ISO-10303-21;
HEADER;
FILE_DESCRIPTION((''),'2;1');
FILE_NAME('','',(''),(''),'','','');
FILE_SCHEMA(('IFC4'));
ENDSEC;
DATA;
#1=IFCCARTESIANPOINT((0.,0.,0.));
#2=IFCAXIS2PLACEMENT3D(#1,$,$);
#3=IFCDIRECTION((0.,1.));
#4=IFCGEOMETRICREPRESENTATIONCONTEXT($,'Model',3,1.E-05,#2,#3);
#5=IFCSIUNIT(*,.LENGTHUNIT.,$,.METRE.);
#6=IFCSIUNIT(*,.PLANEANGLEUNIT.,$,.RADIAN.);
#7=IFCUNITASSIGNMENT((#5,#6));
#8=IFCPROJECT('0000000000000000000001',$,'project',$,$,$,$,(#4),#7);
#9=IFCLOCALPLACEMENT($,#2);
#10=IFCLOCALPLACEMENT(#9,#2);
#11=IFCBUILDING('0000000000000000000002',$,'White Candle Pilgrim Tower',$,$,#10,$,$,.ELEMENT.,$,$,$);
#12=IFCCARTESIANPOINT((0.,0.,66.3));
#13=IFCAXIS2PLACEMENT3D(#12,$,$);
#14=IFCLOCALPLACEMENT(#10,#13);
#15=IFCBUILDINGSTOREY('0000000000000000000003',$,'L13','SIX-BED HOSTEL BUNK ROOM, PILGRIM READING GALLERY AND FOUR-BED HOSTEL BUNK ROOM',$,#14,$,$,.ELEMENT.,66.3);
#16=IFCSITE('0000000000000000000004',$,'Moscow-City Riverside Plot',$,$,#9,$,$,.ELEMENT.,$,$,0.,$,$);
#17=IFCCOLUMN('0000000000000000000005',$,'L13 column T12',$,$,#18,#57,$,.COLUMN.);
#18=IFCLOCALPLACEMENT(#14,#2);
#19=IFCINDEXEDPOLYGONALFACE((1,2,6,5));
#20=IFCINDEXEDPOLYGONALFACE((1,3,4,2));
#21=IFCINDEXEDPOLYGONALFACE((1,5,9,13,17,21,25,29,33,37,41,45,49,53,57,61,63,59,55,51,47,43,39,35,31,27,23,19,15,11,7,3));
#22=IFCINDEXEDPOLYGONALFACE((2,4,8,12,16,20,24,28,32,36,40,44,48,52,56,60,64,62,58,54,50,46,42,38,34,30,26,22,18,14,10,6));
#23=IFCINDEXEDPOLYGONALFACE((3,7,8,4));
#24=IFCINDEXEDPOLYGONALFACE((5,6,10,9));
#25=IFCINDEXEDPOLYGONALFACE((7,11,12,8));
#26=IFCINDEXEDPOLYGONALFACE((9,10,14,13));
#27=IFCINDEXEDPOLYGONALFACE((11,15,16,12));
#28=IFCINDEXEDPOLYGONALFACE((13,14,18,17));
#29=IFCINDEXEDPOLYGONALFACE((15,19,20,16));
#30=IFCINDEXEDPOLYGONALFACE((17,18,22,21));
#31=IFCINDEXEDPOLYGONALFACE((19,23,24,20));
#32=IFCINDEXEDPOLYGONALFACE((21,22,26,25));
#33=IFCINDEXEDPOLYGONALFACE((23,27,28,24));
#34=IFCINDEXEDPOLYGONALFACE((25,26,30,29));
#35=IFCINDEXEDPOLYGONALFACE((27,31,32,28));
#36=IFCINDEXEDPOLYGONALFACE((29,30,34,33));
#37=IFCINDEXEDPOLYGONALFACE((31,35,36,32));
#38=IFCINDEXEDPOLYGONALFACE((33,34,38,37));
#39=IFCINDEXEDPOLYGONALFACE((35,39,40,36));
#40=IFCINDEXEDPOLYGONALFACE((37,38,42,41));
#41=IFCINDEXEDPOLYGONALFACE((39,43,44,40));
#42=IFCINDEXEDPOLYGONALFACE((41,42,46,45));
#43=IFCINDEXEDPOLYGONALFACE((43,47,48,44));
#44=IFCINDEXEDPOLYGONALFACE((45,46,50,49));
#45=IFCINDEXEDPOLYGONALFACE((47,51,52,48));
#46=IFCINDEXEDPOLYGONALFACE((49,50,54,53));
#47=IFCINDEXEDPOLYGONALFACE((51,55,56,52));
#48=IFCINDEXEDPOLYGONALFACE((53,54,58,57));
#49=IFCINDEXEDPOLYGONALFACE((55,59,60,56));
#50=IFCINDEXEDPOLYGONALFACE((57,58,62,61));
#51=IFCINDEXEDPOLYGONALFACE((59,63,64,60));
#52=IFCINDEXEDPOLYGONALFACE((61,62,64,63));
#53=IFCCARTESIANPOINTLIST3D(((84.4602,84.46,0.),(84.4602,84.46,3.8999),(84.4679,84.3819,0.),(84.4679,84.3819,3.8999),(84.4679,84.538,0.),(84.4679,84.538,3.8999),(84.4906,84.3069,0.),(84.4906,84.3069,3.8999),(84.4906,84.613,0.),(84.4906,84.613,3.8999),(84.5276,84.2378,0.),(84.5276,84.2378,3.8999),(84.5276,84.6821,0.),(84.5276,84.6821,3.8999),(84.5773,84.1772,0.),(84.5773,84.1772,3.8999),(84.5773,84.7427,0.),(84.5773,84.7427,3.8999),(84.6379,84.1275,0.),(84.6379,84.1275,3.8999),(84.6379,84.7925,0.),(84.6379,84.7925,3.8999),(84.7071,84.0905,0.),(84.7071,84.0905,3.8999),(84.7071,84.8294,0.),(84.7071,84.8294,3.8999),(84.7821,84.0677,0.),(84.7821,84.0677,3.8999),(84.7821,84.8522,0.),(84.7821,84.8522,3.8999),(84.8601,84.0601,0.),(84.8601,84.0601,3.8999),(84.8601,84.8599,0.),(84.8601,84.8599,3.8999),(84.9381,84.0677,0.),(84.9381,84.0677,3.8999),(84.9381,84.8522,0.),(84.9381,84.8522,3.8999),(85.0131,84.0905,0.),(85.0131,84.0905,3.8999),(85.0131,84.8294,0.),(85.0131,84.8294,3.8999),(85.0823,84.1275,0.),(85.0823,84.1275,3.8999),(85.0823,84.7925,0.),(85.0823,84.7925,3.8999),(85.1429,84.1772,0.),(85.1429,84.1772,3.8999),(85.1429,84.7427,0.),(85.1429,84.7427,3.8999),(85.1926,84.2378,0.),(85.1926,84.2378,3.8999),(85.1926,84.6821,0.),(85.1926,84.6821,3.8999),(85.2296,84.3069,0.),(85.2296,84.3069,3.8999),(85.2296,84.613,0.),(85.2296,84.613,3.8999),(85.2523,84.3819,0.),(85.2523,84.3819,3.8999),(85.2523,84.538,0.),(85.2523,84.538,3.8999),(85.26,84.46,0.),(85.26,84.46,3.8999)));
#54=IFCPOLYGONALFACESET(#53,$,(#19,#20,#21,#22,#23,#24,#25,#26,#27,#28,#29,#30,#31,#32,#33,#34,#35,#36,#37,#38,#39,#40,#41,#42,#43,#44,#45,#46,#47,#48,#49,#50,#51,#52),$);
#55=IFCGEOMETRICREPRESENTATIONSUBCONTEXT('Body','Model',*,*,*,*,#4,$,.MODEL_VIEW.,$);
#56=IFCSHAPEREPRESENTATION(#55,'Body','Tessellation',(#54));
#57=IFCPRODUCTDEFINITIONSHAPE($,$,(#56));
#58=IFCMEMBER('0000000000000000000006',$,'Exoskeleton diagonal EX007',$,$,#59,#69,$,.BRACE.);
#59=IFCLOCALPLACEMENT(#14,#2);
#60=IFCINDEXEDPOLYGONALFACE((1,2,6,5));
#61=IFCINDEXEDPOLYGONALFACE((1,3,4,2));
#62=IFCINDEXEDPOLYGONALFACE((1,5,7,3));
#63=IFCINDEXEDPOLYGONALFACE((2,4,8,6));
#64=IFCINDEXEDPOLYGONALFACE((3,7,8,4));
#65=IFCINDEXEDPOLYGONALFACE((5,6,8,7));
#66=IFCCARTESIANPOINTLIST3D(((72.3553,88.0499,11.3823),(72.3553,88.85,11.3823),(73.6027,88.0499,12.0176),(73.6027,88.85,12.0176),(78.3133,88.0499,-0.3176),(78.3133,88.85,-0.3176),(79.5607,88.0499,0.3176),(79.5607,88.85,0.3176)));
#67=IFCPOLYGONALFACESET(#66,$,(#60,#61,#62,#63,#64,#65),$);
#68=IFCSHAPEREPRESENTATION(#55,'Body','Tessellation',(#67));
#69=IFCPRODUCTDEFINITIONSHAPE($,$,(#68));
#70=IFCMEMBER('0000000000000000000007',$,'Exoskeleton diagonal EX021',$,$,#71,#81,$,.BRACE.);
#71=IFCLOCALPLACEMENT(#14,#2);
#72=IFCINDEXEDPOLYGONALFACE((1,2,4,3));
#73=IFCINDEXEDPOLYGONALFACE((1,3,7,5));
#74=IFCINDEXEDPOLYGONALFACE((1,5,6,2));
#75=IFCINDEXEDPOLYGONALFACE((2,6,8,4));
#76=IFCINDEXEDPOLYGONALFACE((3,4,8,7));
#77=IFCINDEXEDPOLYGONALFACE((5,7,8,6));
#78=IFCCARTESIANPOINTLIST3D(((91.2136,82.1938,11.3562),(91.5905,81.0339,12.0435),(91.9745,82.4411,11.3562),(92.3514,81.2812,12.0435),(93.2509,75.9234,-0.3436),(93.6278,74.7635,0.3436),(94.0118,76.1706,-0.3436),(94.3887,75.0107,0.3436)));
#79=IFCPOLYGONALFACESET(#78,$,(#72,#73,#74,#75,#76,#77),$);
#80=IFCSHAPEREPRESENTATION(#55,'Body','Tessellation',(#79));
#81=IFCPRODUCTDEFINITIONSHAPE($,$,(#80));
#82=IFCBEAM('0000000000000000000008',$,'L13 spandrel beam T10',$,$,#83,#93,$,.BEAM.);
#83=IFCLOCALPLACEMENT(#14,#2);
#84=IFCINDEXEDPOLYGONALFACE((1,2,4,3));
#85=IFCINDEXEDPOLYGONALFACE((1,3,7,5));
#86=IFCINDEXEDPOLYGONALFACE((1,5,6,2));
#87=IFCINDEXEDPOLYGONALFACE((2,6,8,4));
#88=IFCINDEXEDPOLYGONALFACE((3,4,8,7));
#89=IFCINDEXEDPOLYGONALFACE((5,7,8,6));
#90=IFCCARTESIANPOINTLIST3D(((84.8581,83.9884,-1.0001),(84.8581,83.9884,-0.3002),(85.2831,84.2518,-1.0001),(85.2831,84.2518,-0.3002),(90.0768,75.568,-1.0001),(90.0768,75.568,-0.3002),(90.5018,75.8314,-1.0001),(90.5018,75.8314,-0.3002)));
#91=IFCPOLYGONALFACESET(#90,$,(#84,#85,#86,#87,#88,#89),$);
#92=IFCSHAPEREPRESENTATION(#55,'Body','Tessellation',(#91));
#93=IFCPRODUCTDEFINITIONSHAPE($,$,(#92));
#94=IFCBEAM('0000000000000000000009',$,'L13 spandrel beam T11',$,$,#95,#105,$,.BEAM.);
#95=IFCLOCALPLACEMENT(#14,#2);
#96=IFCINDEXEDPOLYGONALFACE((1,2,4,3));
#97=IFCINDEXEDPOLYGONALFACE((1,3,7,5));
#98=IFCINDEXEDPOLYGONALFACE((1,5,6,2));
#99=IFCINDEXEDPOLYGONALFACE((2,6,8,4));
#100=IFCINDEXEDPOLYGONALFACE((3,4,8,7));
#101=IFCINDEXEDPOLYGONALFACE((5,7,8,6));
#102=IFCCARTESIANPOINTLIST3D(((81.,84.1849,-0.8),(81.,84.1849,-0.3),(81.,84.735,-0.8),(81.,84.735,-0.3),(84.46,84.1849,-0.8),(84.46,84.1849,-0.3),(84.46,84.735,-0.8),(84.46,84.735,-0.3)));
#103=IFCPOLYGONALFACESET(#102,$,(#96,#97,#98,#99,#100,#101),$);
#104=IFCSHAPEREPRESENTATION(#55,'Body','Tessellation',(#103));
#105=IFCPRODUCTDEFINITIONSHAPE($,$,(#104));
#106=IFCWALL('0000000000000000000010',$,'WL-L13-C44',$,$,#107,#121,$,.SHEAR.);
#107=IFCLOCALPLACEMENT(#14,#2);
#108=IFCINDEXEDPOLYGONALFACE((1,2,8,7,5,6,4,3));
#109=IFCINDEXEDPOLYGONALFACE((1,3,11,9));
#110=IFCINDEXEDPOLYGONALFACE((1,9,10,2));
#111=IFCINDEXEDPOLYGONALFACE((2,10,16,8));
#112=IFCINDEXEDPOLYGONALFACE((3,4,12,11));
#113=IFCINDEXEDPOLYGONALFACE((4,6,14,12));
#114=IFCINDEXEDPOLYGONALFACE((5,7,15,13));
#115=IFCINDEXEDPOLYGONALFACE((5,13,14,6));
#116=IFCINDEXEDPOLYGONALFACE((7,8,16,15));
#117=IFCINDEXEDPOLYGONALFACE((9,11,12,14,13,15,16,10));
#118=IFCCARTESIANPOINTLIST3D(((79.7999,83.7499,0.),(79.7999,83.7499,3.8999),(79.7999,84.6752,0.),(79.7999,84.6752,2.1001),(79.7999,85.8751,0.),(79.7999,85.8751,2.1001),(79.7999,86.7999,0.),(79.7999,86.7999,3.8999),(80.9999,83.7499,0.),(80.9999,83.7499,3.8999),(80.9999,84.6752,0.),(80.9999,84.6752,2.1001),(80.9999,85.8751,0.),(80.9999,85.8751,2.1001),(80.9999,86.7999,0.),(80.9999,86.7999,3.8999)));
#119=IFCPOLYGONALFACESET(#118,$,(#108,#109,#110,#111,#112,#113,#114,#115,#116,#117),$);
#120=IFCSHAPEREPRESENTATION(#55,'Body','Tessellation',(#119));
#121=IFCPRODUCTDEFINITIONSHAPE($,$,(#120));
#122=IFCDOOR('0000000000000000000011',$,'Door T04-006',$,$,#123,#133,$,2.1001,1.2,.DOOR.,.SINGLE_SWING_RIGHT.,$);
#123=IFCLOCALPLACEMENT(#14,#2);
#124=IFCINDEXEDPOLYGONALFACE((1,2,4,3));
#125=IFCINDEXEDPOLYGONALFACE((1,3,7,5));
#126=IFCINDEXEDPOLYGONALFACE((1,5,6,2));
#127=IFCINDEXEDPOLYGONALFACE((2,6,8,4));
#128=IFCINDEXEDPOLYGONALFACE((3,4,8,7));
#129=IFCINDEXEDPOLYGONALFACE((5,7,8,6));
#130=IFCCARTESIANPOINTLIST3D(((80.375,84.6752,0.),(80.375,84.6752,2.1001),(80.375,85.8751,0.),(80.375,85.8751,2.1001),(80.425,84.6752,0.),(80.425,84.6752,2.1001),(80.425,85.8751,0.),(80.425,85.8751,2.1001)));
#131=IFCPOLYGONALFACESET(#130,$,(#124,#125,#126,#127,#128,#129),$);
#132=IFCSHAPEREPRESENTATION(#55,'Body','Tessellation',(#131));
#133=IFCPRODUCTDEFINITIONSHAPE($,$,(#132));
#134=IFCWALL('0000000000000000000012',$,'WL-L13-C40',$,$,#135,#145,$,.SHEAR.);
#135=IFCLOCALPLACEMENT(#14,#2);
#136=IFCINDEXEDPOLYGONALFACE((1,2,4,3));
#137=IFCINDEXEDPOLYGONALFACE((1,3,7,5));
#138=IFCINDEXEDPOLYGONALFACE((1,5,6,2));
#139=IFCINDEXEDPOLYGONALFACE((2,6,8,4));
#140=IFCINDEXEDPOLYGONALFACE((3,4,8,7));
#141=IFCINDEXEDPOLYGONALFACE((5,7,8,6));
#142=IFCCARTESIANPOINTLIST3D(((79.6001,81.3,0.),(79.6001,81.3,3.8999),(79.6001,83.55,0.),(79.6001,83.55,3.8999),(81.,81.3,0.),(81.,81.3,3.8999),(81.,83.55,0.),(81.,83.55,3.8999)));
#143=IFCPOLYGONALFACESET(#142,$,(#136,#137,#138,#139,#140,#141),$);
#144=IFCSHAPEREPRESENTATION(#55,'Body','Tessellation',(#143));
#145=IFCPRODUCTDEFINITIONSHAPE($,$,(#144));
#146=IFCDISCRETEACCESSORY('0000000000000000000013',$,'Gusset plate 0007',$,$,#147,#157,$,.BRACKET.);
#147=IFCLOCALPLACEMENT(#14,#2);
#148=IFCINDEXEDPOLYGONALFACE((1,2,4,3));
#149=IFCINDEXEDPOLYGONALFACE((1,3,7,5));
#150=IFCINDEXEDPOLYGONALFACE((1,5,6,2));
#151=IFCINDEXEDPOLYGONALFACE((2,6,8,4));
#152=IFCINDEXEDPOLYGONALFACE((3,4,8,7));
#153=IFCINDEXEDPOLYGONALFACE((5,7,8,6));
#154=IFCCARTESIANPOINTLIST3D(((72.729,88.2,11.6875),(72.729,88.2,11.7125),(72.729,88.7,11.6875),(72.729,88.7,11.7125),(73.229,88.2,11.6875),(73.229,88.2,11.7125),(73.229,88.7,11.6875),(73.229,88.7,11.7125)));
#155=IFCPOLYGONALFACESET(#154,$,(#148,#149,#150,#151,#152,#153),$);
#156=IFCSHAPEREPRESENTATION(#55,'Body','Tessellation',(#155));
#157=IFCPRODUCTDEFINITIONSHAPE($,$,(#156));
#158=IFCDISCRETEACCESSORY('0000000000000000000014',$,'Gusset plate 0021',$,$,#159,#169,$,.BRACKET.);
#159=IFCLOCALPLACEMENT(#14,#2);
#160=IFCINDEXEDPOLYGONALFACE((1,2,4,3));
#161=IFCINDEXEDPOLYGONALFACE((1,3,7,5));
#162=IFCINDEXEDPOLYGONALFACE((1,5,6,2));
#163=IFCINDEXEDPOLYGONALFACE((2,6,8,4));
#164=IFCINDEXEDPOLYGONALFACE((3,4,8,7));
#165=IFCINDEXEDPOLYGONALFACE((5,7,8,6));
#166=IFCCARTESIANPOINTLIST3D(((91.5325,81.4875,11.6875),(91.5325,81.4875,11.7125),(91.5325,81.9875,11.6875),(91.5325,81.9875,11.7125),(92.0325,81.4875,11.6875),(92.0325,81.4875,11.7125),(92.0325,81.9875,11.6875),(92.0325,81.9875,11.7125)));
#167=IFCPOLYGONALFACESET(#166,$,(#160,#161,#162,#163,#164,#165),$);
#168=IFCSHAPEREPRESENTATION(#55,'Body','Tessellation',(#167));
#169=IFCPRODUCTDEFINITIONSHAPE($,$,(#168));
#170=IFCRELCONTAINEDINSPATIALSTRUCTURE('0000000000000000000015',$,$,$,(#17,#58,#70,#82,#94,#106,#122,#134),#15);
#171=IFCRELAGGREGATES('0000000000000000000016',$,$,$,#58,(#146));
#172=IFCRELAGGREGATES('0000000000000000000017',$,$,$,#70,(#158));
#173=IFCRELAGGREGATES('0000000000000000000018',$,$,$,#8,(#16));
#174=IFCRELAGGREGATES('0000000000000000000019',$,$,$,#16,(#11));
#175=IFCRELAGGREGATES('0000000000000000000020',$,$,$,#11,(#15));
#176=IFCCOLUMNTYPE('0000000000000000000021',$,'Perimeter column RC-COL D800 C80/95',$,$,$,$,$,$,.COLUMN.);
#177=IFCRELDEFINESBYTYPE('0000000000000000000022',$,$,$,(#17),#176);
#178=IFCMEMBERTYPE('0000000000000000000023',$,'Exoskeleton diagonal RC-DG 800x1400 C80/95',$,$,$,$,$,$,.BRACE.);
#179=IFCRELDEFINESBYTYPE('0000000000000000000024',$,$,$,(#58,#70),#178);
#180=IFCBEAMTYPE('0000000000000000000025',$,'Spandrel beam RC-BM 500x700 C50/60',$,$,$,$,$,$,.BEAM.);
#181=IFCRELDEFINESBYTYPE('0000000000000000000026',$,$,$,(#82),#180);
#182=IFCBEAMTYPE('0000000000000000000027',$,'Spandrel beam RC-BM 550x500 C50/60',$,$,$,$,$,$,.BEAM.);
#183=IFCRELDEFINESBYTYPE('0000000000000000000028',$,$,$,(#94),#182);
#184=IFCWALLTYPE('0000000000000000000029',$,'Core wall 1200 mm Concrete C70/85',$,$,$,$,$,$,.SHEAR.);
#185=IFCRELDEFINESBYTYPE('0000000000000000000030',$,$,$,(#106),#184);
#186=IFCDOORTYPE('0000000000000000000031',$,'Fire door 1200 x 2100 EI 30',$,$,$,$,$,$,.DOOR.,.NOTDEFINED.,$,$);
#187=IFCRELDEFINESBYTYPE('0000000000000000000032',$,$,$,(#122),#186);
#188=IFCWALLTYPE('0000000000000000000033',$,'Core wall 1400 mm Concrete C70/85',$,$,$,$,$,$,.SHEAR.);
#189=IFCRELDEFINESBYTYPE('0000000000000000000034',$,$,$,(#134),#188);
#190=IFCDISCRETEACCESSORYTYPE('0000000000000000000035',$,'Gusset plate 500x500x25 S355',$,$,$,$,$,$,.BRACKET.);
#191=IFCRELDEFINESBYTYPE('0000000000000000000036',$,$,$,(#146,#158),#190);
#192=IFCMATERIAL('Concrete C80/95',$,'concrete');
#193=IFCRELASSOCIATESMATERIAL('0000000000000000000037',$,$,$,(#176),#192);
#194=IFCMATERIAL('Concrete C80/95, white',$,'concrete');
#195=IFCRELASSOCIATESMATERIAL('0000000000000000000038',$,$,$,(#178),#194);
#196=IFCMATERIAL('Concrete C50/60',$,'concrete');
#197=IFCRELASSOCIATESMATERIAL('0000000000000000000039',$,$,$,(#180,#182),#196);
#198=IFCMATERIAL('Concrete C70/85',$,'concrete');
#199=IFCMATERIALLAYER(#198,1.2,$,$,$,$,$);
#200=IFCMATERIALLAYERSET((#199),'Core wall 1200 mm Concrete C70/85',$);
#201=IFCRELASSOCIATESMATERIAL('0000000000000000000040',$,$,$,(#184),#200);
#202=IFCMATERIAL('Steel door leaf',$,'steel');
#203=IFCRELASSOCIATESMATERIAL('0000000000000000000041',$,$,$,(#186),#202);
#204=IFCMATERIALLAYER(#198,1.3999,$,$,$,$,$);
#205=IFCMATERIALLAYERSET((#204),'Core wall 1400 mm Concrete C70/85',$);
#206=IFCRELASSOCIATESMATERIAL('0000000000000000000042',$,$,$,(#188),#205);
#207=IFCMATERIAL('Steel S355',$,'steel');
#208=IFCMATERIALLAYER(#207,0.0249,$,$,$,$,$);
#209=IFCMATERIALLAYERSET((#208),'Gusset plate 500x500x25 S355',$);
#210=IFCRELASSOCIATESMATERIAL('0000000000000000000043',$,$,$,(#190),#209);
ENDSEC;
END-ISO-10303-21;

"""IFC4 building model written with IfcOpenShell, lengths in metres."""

from ifc_helpers import new_model, si_unit, direction, frame, frame_2d, origin, origin_2d, place, context, subcontext, project, spatial, rectangle, circle, extrude, material, layer, layer_set, material_profile, profile_set, type_object, element, fill, aggregate, save


model = new_model("IFC4")

# Units and contexts
model_context = context("Model", 3, precision=1e-05, world=origin(), true_north=direction((0.0, 1.0)))
body_context = subcontext(model_context, "Body", "Model", "MODEL_VIEW")
ifc_project = project(units=[si_unit("LENGTHUNIT", "METRE"), si_unit("PLANEANGLEUNIT", "RADIAN")], contexts=[model_context])

# Site, building, storey
site_placement = place(None, origin())
site = spatial("IfcSite", under=ifc_project, at=site_placement, Name="Moscow-City Riverside Plot", CompositionType="ELEMENT", RefElevation=0.0)
building_placement = place(site_placement, origin())
building = spatial("IfcBuilding", under=site, at=building_placement, Name="White Candle Pilgrim Tower", CompositionType="ELEMENT")
storey_placement = place(building_placement, frame((0.0, 0.0, 66.3)))
storey = spatial("IfcBuildingStorey", under=building, at=storey_placement, Name="L13", Description="SIX-BED HOSTEL BUNK ROOM, PILGRIM READING GALLERY AND FOUR-BED HOSTEL BUNK ROOM", CompositionType="ELEMENT", Elevation=66.3)

# Column
ifc_material_1 = material(Name="Concrete C80/95", Category="concrete")
ifc_material_profile_1 = material_profile(ifc_material_1, circle(Radius=0.3999, at=origin_2d()), Name="RC-COL D800")
ifc_profile_set_1 = profile_set([ifc_material_profile_1], Name="Concrete C80/95")
column_type = type_object("IfcColumnType", Name="Perimeter column RC-COL D800 C80/95", PredefinedType="COLUMN", material=ifc_profile_set_1)
column_placement = place(storey_placement, frame((84.8601, 84.46, 0.0), z_axis=(0.0, 0.0, 1.0), x_axis=(1.0, 0.0, 0.0)))
element("IfcColumn", 1, at=column_placement, inside=storey, type_object=column_type, Name="L13 column T12", PredefinedType="COLUMN", context=body_context, shape_type="SweptSolid", body=[
    extrude(circle(Radius=0.3999, at=origin_2d()), origin(), (0.0, 0.0, 1.0), 3.8999),
])

# Members
ifc_material_2 = material(Name="Concrete C80/95, white", Category="concrete")
ifc_material_profile_2 = material_profile(ifc_material_2, rectangle(XDim=0.8, YDim=1.3999, at=origin_2d()), Name="RC-DG 800x1400")
ifc_profile_set_2 = profile_set([ifc_material_profile_2], Name="Concrete C80/95, white")
member_type = type_object("IfcMemberType", Name="Exoskeleton diagonal RC-DG 800x1400 C80/95", PredefinedType="BRACE", material=ifc_profile_set_2)
member_1_placement = place(storey_placement, frame((78.937, 88.45, 0.0), z_axis=(-0.453784, 0.0, 0.891112), x_axis=(0.0, -1.0, 0.0)))
member_1 = element("IfcMember", 2, at=member_1_placement, inside=storey, type_object=member_type, Name="Exoskeleton diagonal EX007", PredefinedType="BRACE", context=body_context, shape_type="SweptSolid", body=[
    extrude(rectangle(XDim=0.8, YDim=1.3999, at=origin_2d()), origin(), (0.0, 0.0, 1.0), 13.1296),
])
member_2_placement = place(storey_placement, frame((93.8198, 75.467, 0.0), z_axis=(-0.151704, 0.466911, 0.871195), x_axis=(-0.951059, -0.309009, 0.0)))
member_2 = element("IfcMember", 3, at=member_2_placement, inside=storey, type_object=member_type, Name="Exoskeleton diagonal EX021", PredefinedType="BRACE", context=body_context, shape_type="SweptSolid", body=[
    extrude(rectangle(XDim=0.8, YDim=1.3999, at=origin_2d()), origin(), (0.0, 0.0, 1.0), 13.4297),
])

# Beams
ifc_material_3 = material(Name="Concrete C50/60", Category="concrete")
ifc_material_profile_3 = material_profile(ifc_material_3, rectangle(XDim=0.5, YDim=0.7, at=origin_2d()), Name="RC-BM 500x700")
ifc_profile_set_3 = profile_set([ifc_material_profile_3], Name="Concrete C50/60")
beam_type_1 = type_object("IfcBeamType", Name="Spandrel beam RC-BM 500x700 C50/60", PredefinedType="BEAM", material=ifc_profile_set_3)
beam_1_placement = place(storey_placement, frame((90.2893, 75.6997, -0.6501), z_axis=(-0.526801, 0.849989, 0.0), x_axis=(-0.849989, -0.526801, 0.0)))
element("IfcBeam", 4, at=beam_1_placement, inside=storey, type_object=beam_type_1, Name="L13 spandrel beam T10", PredefinedType="BEAM", context=body_context, shape_type="SweptSolid", body=[
    extrude(rectangle(XDim=0.5, YDim=0.7, at=origin_2d()), origin(), (0.0, 0.0, 1.0), 9.9065),
])
ifc_material_profile_4 = material_profile(ifc_material_3, rectangle(XDim=0.55, YDim=0.5, at=origin_2d()), Name="RC-BM 550x500")
ifc_profile_set_4 = profile_set([ifc_material_profile_4], Name="Concrete C50/60")
beam_type_2 = type_object("IfcBeamType", Name="Spandrel beam RC-BM 550x500 C50/60", PredefinedType="BEAM", material=ifc_profile_set_4)
beam_2_placement = place(storey_placement, frame((84.46, 84.46, -0.55), z_axis=(-1.0, 0.0, 0.0), x_axis=(0.0, -1.0, 0.0)))
element("IfcBeam", 5, at=beam_2_placement, inside=storey, type_object=beam_type_2, Name="L13 spandrel beam T11", PredefinedType="BEAM", context=body_context, shape_type="SweptSolid", body=[
    extrude(rectangle(XDim=0.55, YDim=0.5, at=origin_2d()), origin(), (0.0, 0.0, 1.0), 3.46),
])

# Wall, opening, door
ifc_material_4 = material(Name="Concrete C70/85", Category="concrete")
ifc_layer_1 = layer(ifc_material_4, 1.2)
ifc_layer_set_1 = layer_set([ifc_layer_1], Name="Core wall 1200 mm Concrete C70/85")
wall_type_1 = type_object("IfcWallType", Name="Core wall 1200 mm Concrete C70/85", PredefinedType="SHEAR", material=ifc_layer_set_1)
wall_1_placement = place(storey_placement, frame((80.3999, 83.75, 0.0), z_axis=(0.0, 0.0, 1.0), x_axis=(0.0, 1.0, 0.0)))
wall_1 = element("IfcWall", 6, at=wall_1_placement, inside=storey, type_object=wall_type_1, Name="WL-L13-C44", PredefinedType="SHEAR", context=body_context, shape_type="SweptSolid", body=[
    extrude(rectangle(XDim=3.05, YDim=1.2, at=frame_2d((1.5249, 0.0))), origin(), (0.0, 0.0, 1.0), 3.8999),
])
opening_1_placement = place(wall_1_placement, frame((0.925, 0.0, 0.0)))
opening_1 = element("IfcOpeningElement", 7, at=opening_1_placement, cuts=wall_1, PredefinedType="OPENING", context=body_context, shape_type="SweptSolid", body=[
    extrude(rectangle(XDim=1.2, YDim=2.1001, at=frame_2d((0.6001, 1.05))), frame((0.0, 0.6099, 0.0), z_axis=(0.0, -1.0, 0.0), x_axis=(1.0, 0.0, 0.0)), (0.0, 0.0, 1.0), 1.22),
])
ifc_material_5 = material(Name="Steel door leaf", Category="steel")
door_type_1 = type_object("IfcDoorType", Name="Fire door 1200 x 2100 EI 30", OperationType="NOTDEFINED", PredefinedType="DOOR", material=ifc_material_5)
door_1_placement = place(opening_1_placement, origin())
door_1 = element("IfcDoor", 8, at=door_1_placement, inside=storey, type_object=door_type_1, Name="Door T04-006", OperationType="SINGLE_SWING_RIGHT", OverallHeight=2.1001, OverallWidth=1.2, PredefinedType="DOOR", context=body_context, shape_type="SweptSolid", body=[
    extrude(rectangle(XDim=1.2, YDim=2.1001, at=frame_2d((0.6001, 1.05))), frame((0.0, 0.0249, 0.0), z_axis=(0.0, -1.0, 0.0), x_axis=(1.0, 0.0, 0.0)), (0.0, 0.0, 1.0), 0.05),
])
fill(opening_1, door_1)

# Wall
ifc_layer_2 = layer(ifc_material_4, 1.3999)
ifc_layer_set_2 = layer_set([ifc_layer_2], Name="Core wall 1400 mm Concrete C70/85")
wall_type_2 = type_object("IfcWallType", Name="Core wall 1400 mm Concrete C70/85", PredefinedType="SHEAR", material=ifc_layer_set_2)
wall_2_placement = place(storey_placement, frame((80.3, 81.3, 0.0), z_axis=(0.0, 0.0, 1.0), x_axis=(0.0, 1.0, 0.0)))
element("IfcWall", 9, at=wall_2_placement, inside=storey, type_object=wall_type_2, Name="WL-L13-C40", PredefinedType="SHEAR", context=body_context, shape_type="SweptSolid", body=[
    extrude(rectangle(XDim=2.25, YDim=1.3999, at=frame_2d((1.125, 0.0))), origin(), (0.0, 0.0, 1.0), 3.8999),
])

# Discrete accessories
ifc_material_6 = material(Name="Steel S355", Category="steel")
ifc_layer_3 = layer(ifc_material_6, 0.0249)
ifc_layer_set_3 = layer_set([ifc_layer_3], Name="Gusset plate 500x500x25 S355")
discrete_accessory_type = type_object("IfcDiscreteAccessoryType", Name="Gusset plate 500x500x25 S355", PredefinedType="BRACKET", material=ifc_layer_set_3)
placement = place(building_placement, frame((0.0, 0.0, 78.0)))
discrete_accessory_1_placement = place(placement, frame((72.979, 88.45, -0.0125), z_axis=(0.0, 0.0, 1.0), x_axis=(1.0, 0.0, 0.0)))
discrete_accessory_1 = element("IfcDiscreteAccessory", 10, at=discrete_accessory_1_placement, type_object=discrete_accessory_type, Name="Gusset plate 0007", PredefinedType="BRACKET", context=body_context, shape_type="SweptSolid", body=[
    extrude(rectangle(XDim=0.5, YDim=0.5, at=origin_2d()), origin(), (0.0, 0.0, 1.0), 0.0249),
])
aggregate(member_1, [discrete_accessory_1])
discrete_accessory_2_placement = place(placement, frame((91.7825, 81.7375, -0.0125), z_axis=(0.0, 0.0, 1.0), x_axis=(1.0, 0.0, 0.0)))
discrete_accessory_2 = element("IfcDiscreteAccessory", 11, at=discrete_accessory_2_placement, type_object=discrete_accessory_type, Name="Gusset plate 0021", PredefinedType="BRACKET", context=body_context, shape_type="SweptSolid", body=[
    extrude(rectangle(XDim=0.5, YDim=0.5, at=origin_2d()), origin(), (0.0, 0.0, 1.0), 0.0249),
])
aggregate(member_2, [discrete_accessory_2])

save(model, "model.ifc")
